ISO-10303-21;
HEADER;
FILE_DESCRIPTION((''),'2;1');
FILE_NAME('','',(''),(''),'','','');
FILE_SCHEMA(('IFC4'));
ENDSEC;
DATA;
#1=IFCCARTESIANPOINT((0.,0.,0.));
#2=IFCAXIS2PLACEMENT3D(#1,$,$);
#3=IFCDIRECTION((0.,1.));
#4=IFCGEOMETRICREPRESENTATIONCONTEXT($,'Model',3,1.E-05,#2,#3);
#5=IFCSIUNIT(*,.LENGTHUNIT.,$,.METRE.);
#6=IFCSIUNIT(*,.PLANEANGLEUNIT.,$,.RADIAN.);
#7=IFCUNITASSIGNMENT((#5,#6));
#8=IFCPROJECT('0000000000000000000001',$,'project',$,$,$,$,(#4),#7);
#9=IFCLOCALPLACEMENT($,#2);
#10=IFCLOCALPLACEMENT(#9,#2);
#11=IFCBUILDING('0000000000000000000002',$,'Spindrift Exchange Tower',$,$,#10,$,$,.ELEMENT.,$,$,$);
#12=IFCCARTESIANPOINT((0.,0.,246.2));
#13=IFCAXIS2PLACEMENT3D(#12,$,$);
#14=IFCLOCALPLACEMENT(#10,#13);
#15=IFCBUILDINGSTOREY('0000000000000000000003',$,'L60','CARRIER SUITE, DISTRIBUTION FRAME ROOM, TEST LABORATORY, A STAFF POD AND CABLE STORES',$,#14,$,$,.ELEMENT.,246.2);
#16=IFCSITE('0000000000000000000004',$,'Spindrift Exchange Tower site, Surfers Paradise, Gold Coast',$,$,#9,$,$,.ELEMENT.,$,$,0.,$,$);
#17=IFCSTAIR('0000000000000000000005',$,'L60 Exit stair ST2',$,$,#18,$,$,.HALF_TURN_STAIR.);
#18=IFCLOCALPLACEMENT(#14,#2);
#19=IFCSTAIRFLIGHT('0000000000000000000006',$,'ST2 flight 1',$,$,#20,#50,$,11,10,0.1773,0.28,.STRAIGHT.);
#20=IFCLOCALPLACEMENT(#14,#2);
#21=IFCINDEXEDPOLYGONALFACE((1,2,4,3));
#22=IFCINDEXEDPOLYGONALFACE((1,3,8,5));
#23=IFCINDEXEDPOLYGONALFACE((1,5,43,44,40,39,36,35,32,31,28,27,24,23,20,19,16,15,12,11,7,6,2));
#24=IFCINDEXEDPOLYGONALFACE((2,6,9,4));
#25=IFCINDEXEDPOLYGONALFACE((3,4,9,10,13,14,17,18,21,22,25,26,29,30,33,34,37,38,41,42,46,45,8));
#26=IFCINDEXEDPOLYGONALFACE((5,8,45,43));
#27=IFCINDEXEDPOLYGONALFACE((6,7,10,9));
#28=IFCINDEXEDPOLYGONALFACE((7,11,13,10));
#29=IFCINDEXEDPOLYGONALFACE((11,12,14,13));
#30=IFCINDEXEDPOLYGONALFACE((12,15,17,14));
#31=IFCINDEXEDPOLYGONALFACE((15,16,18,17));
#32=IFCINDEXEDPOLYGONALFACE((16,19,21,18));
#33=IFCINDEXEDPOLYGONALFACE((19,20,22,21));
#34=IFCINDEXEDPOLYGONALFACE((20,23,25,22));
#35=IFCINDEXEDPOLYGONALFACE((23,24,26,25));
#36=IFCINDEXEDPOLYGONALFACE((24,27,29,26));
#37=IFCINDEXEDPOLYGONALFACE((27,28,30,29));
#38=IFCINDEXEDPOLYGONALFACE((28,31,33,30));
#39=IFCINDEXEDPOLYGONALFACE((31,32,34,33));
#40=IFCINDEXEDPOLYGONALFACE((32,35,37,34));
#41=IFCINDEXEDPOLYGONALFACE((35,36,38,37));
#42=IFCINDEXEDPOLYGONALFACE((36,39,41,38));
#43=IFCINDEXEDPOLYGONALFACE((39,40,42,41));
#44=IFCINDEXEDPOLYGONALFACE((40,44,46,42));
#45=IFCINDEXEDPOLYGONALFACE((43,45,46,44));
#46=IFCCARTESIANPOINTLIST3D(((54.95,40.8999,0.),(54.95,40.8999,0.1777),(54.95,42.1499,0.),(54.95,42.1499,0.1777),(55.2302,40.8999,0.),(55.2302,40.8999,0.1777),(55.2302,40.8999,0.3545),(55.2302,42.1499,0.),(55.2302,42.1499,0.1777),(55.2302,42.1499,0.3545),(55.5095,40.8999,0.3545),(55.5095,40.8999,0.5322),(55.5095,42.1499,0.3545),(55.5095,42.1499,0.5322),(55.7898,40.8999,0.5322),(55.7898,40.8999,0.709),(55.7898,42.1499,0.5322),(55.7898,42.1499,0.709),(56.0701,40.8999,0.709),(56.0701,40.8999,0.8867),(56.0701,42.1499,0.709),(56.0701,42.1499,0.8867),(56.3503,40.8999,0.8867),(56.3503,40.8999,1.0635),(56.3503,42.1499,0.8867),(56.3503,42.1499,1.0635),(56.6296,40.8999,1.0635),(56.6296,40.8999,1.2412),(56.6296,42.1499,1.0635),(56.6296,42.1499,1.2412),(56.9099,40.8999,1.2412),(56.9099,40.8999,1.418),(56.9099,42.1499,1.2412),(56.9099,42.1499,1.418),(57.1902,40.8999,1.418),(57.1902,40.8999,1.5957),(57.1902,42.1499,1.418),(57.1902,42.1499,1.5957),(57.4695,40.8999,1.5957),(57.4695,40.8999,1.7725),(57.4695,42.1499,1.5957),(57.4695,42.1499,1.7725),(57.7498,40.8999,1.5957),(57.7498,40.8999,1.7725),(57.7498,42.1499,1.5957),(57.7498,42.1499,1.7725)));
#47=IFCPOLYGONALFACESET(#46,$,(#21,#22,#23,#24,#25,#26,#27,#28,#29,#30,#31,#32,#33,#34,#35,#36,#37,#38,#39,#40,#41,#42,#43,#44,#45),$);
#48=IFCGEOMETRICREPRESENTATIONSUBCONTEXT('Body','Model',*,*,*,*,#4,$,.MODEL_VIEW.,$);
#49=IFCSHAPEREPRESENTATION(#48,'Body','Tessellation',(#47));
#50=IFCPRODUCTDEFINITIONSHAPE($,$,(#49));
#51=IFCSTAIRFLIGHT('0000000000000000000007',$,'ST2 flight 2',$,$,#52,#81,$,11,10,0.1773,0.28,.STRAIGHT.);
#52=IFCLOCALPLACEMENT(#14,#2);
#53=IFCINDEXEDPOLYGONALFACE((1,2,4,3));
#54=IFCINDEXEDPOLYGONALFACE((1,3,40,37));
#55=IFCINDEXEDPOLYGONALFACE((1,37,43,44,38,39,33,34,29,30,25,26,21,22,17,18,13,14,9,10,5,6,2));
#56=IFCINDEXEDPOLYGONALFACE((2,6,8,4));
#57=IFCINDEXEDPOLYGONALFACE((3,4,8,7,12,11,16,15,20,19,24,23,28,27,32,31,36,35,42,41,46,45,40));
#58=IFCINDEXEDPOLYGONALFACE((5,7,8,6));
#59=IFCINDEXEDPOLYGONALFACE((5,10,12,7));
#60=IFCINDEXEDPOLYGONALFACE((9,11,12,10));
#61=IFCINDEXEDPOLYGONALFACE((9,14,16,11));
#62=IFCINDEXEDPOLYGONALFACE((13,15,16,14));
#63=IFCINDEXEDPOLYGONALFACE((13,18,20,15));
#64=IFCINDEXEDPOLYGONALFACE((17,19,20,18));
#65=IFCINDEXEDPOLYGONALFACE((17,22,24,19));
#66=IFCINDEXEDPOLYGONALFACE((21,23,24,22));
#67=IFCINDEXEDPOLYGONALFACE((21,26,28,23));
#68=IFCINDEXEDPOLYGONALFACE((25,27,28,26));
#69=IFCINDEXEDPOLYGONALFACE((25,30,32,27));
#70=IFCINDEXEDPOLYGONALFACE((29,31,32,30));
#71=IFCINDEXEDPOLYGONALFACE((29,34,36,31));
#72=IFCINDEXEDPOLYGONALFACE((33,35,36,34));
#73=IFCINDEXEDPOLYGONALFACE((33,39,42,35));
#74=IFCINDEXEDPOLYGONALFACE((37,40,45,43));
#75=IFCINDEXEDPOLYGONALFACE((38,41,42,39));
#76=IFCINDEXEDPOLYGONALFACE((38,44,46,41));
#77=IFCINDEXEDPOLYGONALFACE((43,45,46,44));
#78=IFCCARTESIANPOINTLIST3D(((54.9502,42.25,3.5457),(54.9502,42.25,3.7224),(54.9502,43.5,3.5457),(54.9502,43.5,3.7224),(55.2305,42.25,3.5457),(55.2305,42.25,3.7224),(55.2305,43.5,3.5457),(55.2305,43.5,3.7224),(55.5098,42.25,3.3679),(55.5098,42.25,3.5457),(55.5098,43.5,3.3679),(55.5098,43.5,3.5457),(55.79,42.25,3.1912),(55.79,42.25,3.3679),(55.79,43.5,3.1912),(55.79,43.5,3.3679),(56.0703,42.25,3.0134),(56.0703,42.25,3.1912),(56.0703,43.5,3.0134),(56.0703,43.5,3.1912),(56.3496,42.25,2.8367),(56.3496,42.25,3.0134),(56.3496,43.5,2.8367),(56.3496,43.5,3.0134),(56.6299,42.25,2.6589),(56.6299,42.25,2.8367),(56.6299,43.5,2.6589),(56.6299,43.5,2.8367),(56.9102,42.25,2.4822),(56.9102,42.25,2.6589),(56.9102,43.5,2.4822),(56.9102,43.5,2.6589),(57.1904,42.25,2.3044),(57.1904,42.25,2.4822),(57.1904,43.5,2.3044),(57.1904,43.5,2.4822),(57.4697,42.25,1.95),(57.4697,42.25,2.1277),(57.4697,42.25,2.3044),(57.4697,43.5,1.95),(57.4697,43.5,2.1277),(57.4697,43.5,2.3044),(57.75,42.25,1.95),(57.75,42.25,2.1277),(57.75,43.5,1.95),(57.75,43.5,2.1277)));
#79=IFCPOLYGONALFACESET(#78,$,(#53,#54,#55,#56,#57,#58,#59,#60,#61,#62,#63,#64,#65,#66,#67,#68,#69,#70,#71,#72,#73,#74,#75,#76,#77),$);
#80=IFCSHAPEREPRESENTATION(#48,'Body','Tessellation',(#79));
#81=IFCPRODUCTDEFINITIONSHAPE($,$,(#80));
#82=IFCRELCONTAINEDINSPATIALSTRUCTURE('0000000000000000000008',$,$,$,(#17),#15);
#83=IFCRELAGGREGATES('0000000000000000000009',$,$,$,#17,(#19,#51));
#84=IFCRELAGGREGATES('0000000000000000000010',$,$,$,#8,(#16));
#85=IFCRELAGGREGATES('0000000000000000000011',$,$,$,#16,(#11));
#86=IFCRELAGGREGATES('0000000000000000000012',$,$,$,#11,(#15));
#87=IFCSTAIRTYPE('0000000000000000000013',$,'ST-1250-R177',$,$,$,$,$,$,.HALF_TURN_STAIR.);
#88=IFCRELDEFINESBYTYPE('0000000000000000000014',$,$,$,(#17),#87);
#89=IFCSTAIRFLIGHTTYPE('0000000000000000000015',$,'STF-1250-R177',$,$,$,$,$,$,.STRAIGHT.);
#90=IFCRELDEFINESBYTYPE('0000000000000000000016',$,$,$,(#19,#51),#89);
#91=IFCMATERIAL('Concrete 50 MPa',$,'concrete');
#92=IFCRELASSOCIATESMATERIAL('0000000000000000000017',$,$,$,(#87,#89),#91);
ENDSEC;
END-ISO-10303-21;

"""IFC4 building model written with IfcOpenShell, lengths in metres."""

from ifc_helpers import new_model, si_unit, direction, frame, origin, place, context, subcontext, project, spatial, line, indexed_curve, outline, extrude, material, type_object, element, aggregate, save


model = new_model("IFC4")

# Units and contexts
model_context = context("Model", 3, precision=1e-05, world=origin(), true_north=direction((0.0, 1.0)))
body_context = subcontext(model_context, "Body", "Model", "MODEL_VIEW")
ifc_project = project(units=[si_unit("LENGTHUNIT", "METRE"), si_unit("PLANEANGLEUNIT", "RADIAN")], contexts=[model_context])

# Site, building, storey
site_placement = place(None, origin())
site = spatial("IfcSite", under=ifc_project, at=site_placement, Name="Spindrift Exchange Tower site, Surfers Paradise, Gold Coast", CompositionType="ELEMENT", RefElevation=0.0)
building_placement = place(site_placement, origin())
building = spatial("IfcBuilding", under=site, at=building_placement, Name="Spindrift Exchange Tower", CompositionType="ELEMENT")
storey_placement = place(building_placement, frame((0.0, 0.0, 246.2)))
storey = spatial("IfcBuildingStorey", under=building, at=storey_placement, Name="L60", Description="CARRIER SUITE, DISTRIBUTION FRAME ROOM, TEST LABORATORY, A STAFF POD AND CABLE STORES", CompositionType="ELEMENT", Elevation=246.2)

# Shared definitions
ifc_material_1 = material(Name="Concrete 50 MPa", Category="concrete")

# Stair, stair flights
stair_type = type_object("IfcStairType", Name="ST-1250-R177", PredefinedType="HALF_TURN_STAIR", material=ifc_material_1)
stair_placement = place(storey_placement, origin())
stair = element("IfcStair", 1, at=stair_placement, inside=storey, type_object=stair_type, Name="L60 Exit stair ST2", PredefinedType="HALF_TURN_STAIR")
stair_flight_type = type_object("IfcStairFlightType", Name="STF-1250-R177", PredefinedType="STRAIGHT", material=ifc_material_1)
stair_flight_1_placement = place(storey_placement, frame((54.95, 41.5249, 0.0), z_axis=(0.0, 0.0, 1.0), x_axis=(1.0, 0.0, 0.0)))
stair_flight_1 = element("IfcStairFlight", 2, at=stair_flight_1_placement, type_object=stair_flight_type, Name="ST2 flight 1", NumberOfRisers=11, NumberOfTreads=10, PredefinedType="STRAIGHT", RiserHeight=0.1773, TreadLength=0.28, context=body_context, shape_type="SweptSolid", body=[
    extrude(outline(indexed_curve([(0.0, 0.0), (0.0, 0.1777), (0.2803, 0.1777), (0.2803, 0.3545), (0.5596, 0.3545), (0.5596, 0.5322), (0.8398, 0.5322), (0.8398, 0.709), (1.1201, 0.709), (1.1201, 0.8867), (1.4004, 0.8867), (1.4004, 1.0635), (1.6797, 1.0635), (1.6797, 1.2412), (1.96, 1.2412), (1.96, 1.418), (2.2402, 1.418), (2.2402, 1.5957), (2.5195, 1.5957), (2.5195, 1.7725), (2.7998, 1.7725), (2.7998, 1.9502), (2.7998, 1.5957), (0.2803, 0.0)], segments=[line(1, 2, 3, 4, 5, 6, 7, 8, 9, 10, 11, 12, 13, 14, 15, 16, 17, 18, 19, 20, 21, 22, 23, 24, 1)], self_intersect=False)), frame((0.0, 0.625, 0.0), z_axis=(0.0, -1.0, 0.0), x_axis=(1.0, 0.0, 0.0)), (0.0, 0.0, 1.0), 1.25),
])
stair_flight_2_placement = place(storey_placement, frame((57.75, 42.875, 1.95), z_axis=(0.0, 0.0, 1.0), x_axis=(-1.0, 0.0, 0.0)))
stair_flight_2 = element("IfcStairFlight", 3, at=stair_flight_2_placement, type_object=stair_flight_type, Name="ST2 flight 2", NumberOfRisers=11, NumberOfTreads=10, PredefinedType="STRAIGHT", RiserHeight=0.1773, TreadLength=0.28, context=body_context, shape_type="SweptSolid", body=[
    extrude(outline(indexed_curve([(0.0, 0.0), (0.0, 0.1777), (0.2803, 0.1777), (0.2803, 0.3545), (0.5596, 0.3545), (0.5596, 0.5322), (0.8398, 0.5322), (0.8398, 0.709), (1.1201, 0.709), (1.1201, 0.8867), (1.4004, 0.8867), (1.4004, 1.0635), (1.6797, 1.0635), (1.6797, 1.2412), (1.96, 1.2412), (1.96, 1.418), (2.2402, 1.418), (2.2402, 1.5957), (2.5195, 1.5957), (2.5195, 1.7725), (2.7998, 1.7725), (2.7998, 1.9502), (2.7998, 1.5957), (0.2803, 0.0)], segments=[line(1, 2, 3, 4, 5, 6, 7, 8, 9, 10, 11, 12, 13, 14, 15, 16, 17, 18, 19, 20, 21, 22, 23, 24, 1)], self_intersect=False)), frame((0.0, 0.625, 0.0), z_axis=(0.0, -1.0, 0.0), x_axis=(1.0, 0.0, 0.0)), (0.0, 0.0, 1.0), 1.25),
])
aggregate(stair, [stair_flight_1, stair_flight_2])

save(model, "model.ifc")
